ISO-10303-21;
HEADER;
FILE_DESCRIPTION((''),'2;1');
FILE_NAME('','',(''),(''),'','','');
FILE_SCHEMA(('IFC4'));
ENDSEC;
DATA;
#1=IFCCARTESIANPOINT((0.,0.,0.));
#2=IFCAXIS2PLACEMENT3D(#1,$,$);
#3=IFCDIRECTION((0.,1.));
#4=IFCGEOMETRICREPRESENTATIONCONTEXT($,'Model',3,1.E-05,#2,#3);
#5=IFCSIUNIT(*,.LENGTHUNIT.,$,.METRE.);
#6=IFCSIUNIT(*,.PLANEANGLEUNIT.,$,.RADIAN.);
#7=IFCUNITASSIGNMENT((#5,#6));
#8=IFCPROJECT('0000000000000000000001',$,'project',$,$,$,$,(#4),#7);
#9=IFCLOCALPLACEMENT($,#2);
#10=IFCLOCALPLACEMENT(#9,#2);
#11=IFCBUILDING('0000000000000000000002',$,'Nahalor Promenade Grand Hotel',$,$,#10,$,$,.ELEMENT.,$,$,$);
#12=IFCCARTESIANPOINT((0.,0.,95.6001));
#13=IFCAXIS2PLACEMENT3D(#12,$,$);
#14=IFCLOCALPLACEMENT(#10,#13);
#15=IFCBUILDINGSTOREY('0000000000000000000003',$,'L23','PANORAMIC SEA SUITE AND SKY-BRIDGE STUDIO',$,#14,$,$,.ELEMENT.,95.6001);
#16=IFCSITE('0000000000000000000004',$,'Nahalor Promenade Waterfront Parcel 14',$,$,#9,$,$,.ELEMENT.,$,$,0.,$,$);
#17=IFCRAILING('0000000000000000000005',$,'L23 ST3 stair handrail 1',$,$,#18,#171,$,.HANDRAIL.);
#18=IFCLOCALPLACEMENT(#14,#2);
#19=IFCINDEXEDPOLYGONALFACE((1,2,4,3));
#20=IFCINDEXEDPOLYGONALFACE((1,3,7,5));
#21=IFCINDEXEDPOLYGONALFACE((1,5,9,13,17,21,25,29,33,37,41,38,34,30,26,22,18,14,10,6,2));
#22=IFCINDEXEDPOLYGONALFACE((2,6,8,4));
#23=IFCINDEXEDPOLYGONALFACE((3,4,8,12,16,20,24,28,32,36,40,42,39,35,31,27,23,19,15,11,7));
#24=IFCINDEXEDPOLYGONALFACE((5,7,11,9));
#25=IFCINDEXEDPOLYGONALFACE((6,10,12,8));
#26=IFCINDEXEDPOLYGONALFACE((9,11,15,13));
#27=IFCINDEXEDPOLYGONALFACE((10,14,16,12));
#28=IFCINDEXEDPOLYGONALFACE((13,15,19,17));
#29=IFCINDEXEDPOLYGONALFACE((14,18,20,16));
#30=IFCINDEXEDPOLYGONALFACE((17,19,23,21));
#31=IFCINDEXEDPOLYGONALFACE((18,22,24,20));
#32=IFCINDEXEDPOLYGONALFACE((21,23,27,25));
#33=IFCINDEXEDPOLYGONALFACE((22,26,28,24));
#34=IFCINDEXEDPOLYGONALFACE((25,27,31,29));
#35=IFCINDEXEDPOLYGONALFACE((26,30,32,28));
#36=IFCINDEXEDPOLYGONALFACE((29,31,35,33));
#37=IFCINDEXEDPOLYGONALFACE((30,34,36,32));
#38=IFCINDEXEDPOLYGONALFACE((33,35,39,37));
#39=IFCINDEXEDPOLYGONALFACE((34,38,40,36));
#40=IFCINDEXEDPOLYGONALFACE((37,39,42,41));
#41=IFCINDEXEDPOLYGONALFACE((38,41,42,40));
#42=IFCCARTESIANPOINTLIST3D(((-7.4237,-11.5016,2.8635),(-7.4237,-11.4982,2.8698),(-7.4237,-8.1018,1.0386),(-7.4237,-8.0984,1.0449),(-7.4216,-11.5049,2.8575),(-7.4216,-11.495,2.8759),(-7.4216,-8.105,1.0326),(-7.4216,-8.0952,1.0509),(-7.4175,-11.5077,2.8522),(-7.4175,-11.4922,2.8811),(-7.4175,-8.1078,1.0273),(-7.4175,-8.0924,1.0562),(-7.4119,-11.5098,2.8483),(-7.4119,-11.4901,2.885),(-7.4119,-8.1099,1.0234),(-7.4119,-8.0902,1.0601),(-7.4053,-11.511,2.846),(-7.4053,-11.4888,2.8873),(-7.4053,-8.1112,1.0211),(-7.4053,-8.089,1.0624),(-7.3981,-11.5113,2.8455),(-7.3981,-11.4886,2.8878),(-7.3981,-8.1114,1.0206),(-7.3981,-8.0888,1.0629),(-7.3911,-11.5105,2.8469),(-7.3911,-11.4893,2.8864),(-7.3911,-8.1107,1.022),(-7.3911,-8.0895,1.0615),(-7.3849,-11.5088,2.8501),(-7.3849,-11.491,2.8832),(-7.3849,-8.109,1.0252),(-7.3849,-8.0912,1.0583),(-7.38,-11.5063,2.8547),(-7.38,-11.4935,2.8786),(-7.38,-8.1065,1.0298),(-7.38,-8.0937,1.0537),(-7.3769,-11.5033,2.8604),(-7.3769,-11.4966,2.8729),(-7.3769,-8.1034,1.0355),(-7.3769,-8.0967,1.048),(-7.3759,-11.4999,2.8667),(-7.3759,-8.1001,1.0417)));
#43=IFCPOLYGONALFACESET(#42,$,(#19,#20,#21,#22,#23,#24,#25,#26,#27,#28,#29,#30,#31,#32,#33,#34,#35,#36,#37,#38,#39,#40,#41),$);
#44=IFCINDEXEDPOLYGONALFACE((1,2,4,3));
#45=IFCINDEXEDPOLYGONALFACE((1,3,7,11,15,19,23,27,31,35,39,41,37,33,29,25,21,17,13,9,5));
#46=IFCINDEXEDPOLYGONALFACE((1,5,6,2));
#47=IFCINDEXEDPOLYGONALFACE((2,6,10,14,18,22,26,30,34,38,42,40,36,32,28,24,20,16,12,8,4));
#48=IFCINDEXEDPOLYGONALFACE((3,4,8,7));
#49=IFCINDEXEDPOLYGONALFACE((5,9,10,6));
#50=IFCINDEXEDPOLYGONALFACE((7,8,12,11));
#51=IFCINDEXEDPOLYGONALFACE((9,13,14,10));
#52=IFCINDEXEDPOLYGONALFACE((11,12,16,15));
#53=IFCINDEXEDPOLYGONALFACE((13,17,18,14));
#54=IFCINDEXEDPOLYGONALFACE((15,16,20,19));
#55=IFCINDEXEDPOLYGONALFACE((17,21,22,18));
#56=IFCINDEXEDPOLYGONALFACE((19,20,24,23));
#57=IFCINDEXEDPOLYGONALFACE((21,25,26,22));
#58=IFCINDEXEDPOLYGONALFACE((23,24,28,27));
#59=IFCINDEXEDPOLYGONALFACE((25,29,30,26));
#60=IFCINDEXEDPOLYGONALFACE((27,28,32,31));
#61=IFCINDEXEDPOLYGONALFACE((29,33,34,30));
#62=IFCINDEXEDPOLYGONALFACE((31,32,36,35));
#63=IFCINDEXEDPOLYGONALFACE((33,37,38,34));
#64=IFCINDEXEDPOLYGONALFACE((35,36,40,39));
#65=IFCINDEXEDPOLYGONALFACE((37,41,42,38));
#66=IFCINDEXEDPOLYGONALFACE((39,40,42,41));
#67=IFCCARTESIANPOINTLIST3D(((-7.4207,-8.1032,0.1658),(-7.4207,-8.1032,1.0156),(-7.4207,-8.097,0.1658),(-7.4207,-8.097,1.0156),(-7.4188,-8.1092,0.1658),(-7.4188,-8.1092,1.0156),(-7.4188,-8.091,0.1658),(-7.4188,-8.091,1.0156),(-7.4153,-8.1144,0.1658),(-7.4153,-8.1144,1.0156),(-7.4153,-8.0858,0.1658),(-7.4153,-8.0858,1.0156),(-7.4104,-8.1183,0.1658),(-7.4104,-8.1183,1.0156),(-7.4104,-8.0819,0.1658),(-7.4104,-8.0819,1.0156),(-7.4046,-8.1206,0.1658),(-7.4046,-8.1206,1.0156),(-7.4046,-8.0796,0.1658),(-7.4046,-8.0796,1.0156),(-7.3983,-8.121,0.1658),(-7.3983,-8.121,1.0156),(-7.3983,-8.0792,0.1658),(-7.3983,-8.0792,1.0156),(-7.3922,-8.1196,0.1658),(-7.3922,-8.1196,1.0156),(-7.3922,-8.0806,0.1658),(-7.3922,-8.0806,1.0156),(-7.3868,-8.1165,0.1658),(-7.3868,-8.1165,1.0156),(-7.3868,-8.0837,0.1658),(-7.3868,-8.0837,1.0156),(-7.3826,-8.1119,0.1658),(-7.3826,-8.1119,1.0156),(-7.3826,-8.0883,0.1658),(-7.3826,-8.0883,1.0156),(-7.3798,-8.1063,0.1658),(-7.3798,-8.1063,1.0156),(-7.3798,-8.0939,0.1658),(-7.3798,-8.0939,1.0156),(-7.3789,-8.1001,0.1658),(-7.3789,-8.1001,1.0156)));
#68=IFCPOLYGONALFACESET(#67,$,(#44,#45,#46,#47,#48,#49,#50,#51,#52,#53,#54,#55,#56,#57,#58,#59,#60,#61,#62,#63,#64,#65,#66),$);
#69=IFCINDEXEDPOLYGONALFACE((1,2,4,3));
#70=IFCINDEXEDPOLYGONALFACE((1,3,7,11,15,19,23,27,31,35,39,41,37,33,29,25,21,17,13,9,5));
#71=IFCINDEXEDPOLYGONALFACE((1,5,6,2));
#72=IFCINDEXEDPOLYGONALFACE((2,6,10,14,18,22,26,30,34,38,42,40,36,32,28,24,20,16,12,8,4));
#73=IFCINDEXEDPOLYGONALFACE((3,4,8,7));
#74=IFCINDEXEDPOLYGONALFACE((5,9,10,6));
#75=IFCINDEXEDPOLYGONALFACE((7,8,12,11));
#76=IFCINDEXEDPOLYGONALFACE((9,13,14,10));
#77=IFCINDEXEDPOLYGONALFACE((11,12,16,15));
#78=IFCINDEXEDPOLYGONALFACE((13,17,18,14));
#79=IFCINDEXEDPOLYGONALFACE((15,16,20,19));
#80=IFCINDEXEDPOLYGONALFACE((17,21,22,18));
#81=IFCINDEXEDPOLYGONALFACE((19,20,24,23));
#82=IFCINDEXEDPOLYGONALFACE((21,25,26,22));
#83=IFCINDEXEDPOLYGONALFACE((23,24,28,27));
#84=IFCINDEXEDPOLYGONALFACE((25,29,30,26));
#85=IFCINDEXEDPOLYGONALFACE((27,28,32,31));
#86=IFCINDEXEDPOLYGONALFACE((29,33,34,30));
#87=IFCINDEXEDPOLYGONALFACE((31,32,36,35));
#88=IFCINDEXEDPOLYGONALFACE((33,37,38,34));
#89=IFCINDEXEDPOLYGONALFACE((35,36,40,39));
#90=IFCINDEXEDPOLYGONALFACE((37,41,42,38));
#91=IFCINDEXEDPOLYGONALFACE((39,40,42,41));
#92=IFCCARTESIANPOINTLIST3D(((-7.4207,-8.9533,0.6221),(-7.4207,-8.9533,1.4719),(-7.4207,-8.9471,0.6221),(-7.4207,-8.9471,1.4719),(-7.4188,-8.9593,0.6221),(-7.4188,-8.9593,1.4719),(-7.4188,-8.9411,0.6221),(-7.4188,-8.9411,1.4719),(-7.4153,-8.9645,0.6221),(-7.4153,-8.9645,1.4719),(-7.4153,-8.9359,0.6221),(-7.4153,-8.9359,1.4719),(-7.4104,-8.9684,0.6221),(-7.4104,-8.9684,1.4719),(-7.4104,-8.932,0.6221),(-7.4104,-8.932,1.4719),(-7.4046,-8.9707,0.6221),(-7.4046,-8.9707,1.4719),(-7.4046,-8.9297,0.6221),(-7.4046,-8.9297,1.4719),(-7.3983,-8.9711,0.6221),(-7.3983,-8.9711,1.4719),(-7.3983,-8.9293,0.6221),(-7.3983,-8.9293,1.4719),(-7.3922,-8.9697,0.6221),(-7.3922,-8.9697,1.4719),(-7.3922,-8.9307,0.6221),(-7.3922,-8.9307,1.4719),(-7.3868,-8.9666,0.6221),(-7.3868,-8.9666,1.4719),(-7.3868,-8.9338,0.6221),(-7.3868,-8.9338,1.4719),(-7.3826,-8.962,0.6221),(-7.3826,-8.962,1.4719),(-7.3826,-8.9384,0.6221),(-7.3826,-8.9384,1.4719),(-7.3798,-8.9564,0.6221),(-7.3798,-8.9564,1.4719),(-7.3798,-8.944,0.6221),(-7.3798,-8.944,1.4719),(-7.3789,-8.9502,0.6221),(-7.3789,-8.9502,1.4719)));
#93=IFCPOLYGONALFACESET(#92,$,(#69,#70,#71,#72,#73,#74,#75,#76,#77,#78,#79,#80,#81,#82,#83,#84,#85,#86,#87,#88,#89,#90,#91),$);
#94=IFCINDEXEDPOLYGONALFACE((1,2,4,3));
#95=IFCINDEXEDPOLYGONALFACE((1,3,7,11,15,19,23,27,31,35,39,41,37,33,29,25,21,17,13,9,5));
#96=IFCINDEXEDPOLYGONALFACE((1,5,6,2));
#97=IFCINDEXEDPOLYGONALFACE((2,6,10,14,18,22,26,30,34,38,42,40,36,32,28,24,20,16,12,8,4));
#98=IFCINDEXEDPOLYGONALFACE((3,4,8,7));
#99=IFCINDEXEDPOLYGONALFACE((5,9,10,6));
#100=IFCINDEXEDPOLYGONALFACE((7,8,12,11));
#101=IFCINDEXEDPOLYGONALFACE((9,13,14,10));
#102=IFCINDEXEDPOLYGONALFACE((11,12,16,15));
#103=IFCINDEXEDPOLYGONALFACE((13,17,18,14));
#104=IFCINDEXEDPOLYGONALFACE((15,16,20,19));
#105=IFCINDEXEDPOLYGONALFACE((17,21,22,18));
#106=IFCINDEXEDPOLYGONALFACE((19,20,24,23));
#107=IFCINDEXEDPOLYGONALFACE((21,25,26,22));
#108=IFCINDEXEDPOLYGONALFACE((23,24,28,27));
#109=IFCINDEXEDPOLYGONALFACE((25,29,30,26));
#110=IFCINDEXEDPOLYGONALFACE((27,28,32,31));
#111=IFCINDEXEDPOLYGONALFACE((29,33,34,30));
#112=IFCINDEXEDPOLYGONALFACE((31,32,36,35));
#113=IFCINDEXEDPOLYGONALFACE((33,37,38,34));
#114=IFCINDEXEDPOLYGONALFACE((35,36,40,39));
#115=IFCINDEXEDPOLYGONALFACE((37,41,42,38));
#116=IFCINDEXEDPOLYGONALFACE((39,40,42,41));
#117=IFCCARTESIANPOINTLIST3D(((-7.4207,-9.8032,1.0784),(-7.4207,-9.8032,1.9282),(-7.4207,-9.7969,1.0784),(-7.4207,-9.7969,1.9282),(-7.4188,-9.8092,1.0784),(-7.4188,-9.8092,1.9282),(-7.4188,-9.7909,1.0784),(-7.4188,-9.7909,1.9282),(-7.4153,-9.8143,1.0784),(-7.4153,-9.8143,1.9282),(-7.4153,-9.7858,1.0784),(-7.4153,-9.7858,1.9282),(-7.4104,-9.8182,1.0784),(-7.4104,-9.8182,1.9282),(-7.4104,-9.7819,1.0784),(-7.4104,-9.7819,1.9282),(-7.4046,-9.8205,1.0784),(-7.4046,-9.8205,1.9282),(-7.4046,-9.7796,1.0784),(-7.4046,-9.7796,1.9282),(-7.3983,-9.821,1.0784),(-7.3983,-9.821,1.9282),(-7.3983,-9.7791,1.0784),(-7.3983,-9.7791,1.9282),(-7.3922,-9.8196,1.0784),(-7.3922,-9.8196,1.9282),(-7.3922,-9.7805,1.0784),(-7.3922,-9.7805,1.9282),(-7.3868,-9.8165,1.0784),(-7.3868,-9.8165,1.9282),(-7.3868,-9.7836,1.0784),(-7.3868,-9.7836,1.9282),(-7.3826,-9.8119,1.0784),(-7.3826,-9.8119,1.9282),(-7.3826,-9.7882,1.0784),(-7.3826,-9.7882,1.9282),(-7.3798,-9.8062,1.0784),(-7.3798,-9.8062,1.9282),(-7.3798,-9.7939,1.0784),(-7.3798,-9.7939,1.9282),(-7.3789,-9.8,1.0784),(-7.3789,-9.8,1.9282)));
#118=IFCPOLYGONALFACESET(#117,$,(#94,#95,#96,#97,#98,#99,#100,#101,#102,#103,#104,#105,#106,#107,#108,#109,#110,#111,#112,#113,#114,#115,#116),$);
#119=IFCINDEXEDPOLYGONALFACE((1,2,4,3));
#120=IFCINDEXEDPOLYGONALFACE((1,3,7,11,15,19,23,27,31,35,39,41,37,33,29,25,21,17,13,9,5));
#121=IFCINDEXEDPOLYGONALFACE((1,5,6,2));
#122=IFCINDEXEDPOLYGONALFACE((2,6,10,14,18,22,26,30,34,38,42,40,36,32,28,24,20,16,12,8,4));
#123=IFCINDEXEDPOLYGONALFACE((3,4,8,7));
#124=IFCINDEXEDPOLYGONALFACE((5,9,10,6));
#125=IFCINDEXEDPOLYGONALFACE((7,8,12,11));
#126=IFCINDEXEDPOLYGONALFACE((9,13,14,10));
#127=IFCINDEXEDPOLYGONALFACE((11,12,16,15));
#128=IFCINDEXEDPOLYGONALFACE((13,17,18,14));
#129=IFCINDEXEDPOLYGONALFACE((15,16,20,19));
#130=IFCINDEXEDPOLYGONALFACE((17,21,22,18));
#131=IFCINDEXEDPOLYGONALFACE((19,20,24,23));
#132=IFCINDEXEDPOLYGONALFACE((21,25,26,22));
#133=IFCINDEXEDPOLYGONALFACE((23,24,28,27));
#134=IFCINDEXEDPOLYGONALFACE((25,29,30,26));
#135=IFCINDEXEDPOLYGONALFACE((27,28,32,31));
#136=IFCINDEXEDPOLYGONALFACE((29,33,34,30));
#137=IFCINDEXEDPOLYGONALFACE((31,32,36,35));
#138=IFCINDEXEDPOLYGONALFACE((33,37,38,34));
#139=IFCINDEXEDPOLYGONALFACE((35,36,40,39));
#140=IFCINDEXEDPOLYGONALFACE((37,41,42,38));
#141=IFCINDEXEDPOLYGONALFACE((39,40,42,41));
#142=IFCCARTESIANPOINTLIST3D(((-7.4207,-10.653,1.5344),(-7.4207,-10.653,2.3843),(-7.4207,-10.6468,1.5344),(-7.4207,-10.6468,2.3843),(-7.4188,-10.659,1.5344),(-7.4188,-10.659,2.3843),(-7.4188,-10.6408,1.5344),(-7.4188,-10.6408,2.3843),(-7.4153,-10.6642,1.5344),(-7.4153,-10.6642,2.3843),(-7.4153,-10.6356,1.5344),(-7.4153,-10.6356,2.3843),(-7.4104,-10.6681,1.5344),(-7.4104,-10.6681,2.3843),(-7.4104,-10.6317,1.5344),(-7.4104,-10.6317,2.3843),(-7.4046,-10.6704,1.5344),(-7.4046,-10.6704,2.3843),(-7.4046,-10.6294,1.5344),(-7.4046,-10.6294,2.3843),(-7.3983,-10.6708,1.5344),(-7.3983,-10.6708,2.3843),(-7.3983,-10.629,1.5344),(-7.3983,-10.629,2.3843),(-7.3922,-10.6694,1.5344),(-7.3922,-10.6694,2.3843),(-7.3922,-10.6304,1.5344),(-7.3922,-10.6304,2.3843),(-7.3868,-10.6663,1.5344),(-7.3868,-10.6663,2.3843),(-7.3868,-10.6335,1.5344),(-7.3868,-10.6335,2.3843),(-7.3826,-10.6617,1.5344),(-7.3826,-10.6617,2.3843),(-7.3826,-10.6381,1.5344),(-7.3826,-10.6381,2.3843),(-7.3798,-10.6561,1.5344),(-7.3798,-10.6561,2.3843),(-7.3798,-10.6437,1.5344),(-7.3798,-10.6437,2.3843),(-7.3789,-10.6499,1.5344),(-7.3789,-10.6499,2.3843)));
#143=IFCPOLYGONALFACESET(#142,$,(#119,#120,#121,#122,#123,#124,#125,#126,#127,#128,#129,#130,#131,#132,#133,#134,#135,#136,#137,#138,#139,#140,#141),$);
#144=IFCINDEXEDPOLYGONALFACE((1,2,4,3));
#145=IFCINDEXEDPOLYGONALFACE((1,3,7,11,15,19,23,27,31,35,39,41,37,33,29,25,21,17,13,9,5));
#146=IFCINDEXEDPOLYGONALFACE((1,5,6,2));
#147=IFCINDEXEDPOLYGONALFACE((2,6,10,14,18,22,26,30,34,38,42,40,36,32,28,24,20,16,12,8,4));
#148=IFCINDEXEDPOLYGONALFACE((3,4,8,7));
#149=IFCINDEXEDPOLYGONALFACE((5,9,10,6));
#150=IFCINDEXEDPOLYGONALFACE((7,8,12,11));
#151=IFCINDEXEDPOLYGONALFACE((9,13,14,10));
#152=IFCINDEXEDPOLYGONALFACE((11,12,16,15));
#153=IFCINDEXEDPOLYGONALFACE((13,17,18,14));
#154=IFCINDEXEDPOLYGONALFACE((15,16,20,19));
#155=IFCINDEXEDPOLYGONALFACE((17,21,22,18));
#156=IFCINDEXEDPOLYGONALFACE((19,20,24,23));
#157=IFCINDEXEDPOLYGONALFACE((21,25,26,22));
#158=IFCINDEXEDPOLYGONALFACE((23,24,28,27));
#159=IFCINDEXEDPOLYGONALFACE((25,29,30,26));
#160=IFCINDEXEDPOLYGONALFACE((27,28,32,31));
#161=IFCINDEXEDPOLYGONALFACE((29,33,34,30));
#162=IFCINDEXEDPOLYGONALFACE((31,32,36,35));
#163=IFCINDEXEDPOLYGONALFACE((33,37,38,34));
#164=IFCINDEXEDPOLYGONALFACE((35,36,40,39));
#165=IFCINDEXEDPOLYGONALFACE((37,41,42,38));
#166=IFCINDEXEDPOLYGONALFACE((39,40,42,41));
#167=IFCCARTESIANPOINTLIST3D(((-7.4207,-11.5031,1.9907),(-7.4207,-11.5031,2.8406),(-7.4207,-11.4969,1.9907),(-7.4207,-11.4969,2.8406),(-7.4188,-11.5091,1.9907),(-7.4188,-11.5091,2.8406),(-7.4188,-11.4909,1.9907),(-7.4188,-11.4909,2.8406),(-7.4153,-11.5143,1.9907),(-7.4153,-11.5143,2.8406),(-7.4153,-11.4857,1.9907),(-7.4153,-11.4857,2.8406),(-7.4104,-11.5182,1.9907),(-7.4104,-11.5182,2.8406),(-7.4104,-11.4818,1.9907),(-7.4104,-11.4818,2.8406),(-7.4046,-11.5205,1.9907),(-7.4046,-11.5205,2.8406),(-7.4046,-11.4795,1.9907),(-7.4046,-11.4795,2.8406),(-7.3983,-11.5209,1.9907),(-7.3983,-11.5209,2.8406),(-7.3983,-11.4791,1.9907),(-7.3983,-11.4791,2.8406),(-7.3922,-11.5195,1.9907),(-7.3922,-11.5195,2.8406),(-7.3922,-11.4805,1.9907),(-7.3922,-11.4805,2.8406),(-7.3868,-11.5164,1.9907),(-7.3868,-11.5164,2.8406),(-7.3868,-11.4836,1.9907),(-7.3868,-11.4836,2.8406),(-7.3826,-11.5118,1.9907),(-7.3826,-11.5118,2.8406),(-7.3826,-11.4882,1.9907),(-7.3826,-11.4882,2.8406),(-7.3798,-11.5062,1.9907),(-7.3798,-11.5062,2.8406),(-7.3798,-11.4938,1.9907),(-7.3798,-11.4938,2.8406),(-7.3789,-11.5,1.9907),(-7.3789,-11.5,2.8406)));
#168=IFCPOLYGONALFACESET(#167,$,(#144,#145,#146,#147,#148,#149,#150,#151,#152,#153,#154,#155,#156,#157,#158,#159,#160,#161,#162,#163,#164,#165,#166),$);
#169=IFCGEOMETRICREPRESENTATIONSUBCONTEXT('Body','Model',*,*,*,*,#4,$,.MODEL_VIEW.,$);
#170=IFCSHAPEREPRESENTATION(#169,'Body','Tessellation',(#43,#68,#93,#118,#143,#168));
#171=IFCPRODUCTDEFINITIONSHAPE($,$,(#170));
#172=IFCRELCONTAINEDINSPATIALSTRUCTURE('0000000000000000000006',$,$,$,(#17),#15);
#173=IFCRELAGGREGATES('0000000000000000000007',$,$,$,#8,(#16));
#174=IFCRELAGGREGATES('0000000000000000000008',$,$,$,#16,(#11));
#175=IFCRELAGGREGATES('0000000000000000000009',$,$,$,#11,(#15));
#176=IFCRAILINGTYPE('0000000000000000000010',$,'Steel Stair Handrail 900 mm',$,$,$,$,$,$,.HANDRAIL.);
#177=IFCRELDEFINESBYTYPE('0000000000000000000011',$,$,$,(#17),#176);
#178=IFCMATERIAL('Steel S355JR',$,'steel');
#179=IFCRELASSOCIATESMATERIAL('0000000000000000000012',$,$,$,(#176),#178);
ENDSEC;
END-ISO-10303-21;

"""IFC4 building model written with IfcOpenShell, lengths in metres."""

from ifc_helpers import new_model, si_unit, direction, frame, origin, origin_2d, place, context, subcontext, project, spatial, circle, extrude, material, type_object, element, save


model = new_model("IFC4")

# Units and contexts
model_context = context("Model", 3, precision=1e-05, world=origin(), true_north=direction((0.0, 1.0)))
body_context = subcontext(model_context, "Body", "Model", "MODEL_VIEW")
ifc_project = project(units=[si_unit("LENGTHUNIT", "METRE"), si_unit("PLANEANGLEUNIT", "RADIAN")], contexts=[model_context])

# Site, building, storey
site_placement = place(None, origin())
site = spatial("IfcSite", under=ifc_project, at=site_placement, Name="Nahalor Promenade Waterfront Parcel 14", CompositionType="ELEMENT", RefElevation=0.0)
building_placement = place(site_placement, origin())
building = spatial("IfcBuilding", under=site, at=building_placement, Name="Nahalor Promenade Grand Hotel", CompositionType="ELEMENT")
storey_placement = place(building_placement, frame((0.0, 0.0, 95.6001)))
storey = spatial("IfcBuildingStorey", under=building, at=storey_placement, Name="L23", Description="PANORAMIC SEA SUITE AND SKY-BRIDGE STUDIO", CompositionType="ELEMENT", Elevation=95.6001)

# Shared definitions
ifc_material_1 = material(Name="Steel S355JR", Category="steel")

# Railing
railing_type_1 = type_object("IfcRailingType", Name="Steel Stair Handrail 900 mm", PredefinedType="HANDRAIL", material=ifc_material_1)
railing_1_placement = place(storey_placement, frame((-7.3999, -8.1001, 0.1658)))
element("IfcRailing", 1, at=railing_1_placement, inside=storey, type_object=railing_type_1, Name="L23 ST3 stair handrail 1", PredefinedType="HANDRAIL", context=body_context, shape_type="SweptSolid", body=[
    extrude(circle(Radius=0.024, at=origin_2d()), frame((0.0, 0.0, 0.876), z_axis=(0.0, -0.881094, 0.472941), x_axis=(1.0, 0.0, 0.0)), (0.0, 0.0, 1.0), 3.8586),
    extrude(circle(Radius=0.021, at=origin_2d()), origin(), (0.0, 0.0, 1.0), 0.8499),
    extrude(circle(Radius=0.021, at=origin_2d()), frame((0.0, -0.8501, 0.4563)), (0.0, 0.0, 1.0), 0.8499),
    extrude(circle(Radius=0.021, at=origin_2d()), frame((0.0, -1.7, 0.9126)), (0.0, 0.0, 1.0), 0.8499),
    extrude(circle(Radius=0.021, at=origin_2d()), frame((0.0, -2.5498, 1.3687)), (0.0, 0.0, 1.0), 0.8499),
    extrude(circle(Radius=0.021, at=origin_2d()), frame((0.0, -3.3999, 1.825)), (0.0, 0.0, 1.0), 0.8499),
])

save(model, "model.ifc")
